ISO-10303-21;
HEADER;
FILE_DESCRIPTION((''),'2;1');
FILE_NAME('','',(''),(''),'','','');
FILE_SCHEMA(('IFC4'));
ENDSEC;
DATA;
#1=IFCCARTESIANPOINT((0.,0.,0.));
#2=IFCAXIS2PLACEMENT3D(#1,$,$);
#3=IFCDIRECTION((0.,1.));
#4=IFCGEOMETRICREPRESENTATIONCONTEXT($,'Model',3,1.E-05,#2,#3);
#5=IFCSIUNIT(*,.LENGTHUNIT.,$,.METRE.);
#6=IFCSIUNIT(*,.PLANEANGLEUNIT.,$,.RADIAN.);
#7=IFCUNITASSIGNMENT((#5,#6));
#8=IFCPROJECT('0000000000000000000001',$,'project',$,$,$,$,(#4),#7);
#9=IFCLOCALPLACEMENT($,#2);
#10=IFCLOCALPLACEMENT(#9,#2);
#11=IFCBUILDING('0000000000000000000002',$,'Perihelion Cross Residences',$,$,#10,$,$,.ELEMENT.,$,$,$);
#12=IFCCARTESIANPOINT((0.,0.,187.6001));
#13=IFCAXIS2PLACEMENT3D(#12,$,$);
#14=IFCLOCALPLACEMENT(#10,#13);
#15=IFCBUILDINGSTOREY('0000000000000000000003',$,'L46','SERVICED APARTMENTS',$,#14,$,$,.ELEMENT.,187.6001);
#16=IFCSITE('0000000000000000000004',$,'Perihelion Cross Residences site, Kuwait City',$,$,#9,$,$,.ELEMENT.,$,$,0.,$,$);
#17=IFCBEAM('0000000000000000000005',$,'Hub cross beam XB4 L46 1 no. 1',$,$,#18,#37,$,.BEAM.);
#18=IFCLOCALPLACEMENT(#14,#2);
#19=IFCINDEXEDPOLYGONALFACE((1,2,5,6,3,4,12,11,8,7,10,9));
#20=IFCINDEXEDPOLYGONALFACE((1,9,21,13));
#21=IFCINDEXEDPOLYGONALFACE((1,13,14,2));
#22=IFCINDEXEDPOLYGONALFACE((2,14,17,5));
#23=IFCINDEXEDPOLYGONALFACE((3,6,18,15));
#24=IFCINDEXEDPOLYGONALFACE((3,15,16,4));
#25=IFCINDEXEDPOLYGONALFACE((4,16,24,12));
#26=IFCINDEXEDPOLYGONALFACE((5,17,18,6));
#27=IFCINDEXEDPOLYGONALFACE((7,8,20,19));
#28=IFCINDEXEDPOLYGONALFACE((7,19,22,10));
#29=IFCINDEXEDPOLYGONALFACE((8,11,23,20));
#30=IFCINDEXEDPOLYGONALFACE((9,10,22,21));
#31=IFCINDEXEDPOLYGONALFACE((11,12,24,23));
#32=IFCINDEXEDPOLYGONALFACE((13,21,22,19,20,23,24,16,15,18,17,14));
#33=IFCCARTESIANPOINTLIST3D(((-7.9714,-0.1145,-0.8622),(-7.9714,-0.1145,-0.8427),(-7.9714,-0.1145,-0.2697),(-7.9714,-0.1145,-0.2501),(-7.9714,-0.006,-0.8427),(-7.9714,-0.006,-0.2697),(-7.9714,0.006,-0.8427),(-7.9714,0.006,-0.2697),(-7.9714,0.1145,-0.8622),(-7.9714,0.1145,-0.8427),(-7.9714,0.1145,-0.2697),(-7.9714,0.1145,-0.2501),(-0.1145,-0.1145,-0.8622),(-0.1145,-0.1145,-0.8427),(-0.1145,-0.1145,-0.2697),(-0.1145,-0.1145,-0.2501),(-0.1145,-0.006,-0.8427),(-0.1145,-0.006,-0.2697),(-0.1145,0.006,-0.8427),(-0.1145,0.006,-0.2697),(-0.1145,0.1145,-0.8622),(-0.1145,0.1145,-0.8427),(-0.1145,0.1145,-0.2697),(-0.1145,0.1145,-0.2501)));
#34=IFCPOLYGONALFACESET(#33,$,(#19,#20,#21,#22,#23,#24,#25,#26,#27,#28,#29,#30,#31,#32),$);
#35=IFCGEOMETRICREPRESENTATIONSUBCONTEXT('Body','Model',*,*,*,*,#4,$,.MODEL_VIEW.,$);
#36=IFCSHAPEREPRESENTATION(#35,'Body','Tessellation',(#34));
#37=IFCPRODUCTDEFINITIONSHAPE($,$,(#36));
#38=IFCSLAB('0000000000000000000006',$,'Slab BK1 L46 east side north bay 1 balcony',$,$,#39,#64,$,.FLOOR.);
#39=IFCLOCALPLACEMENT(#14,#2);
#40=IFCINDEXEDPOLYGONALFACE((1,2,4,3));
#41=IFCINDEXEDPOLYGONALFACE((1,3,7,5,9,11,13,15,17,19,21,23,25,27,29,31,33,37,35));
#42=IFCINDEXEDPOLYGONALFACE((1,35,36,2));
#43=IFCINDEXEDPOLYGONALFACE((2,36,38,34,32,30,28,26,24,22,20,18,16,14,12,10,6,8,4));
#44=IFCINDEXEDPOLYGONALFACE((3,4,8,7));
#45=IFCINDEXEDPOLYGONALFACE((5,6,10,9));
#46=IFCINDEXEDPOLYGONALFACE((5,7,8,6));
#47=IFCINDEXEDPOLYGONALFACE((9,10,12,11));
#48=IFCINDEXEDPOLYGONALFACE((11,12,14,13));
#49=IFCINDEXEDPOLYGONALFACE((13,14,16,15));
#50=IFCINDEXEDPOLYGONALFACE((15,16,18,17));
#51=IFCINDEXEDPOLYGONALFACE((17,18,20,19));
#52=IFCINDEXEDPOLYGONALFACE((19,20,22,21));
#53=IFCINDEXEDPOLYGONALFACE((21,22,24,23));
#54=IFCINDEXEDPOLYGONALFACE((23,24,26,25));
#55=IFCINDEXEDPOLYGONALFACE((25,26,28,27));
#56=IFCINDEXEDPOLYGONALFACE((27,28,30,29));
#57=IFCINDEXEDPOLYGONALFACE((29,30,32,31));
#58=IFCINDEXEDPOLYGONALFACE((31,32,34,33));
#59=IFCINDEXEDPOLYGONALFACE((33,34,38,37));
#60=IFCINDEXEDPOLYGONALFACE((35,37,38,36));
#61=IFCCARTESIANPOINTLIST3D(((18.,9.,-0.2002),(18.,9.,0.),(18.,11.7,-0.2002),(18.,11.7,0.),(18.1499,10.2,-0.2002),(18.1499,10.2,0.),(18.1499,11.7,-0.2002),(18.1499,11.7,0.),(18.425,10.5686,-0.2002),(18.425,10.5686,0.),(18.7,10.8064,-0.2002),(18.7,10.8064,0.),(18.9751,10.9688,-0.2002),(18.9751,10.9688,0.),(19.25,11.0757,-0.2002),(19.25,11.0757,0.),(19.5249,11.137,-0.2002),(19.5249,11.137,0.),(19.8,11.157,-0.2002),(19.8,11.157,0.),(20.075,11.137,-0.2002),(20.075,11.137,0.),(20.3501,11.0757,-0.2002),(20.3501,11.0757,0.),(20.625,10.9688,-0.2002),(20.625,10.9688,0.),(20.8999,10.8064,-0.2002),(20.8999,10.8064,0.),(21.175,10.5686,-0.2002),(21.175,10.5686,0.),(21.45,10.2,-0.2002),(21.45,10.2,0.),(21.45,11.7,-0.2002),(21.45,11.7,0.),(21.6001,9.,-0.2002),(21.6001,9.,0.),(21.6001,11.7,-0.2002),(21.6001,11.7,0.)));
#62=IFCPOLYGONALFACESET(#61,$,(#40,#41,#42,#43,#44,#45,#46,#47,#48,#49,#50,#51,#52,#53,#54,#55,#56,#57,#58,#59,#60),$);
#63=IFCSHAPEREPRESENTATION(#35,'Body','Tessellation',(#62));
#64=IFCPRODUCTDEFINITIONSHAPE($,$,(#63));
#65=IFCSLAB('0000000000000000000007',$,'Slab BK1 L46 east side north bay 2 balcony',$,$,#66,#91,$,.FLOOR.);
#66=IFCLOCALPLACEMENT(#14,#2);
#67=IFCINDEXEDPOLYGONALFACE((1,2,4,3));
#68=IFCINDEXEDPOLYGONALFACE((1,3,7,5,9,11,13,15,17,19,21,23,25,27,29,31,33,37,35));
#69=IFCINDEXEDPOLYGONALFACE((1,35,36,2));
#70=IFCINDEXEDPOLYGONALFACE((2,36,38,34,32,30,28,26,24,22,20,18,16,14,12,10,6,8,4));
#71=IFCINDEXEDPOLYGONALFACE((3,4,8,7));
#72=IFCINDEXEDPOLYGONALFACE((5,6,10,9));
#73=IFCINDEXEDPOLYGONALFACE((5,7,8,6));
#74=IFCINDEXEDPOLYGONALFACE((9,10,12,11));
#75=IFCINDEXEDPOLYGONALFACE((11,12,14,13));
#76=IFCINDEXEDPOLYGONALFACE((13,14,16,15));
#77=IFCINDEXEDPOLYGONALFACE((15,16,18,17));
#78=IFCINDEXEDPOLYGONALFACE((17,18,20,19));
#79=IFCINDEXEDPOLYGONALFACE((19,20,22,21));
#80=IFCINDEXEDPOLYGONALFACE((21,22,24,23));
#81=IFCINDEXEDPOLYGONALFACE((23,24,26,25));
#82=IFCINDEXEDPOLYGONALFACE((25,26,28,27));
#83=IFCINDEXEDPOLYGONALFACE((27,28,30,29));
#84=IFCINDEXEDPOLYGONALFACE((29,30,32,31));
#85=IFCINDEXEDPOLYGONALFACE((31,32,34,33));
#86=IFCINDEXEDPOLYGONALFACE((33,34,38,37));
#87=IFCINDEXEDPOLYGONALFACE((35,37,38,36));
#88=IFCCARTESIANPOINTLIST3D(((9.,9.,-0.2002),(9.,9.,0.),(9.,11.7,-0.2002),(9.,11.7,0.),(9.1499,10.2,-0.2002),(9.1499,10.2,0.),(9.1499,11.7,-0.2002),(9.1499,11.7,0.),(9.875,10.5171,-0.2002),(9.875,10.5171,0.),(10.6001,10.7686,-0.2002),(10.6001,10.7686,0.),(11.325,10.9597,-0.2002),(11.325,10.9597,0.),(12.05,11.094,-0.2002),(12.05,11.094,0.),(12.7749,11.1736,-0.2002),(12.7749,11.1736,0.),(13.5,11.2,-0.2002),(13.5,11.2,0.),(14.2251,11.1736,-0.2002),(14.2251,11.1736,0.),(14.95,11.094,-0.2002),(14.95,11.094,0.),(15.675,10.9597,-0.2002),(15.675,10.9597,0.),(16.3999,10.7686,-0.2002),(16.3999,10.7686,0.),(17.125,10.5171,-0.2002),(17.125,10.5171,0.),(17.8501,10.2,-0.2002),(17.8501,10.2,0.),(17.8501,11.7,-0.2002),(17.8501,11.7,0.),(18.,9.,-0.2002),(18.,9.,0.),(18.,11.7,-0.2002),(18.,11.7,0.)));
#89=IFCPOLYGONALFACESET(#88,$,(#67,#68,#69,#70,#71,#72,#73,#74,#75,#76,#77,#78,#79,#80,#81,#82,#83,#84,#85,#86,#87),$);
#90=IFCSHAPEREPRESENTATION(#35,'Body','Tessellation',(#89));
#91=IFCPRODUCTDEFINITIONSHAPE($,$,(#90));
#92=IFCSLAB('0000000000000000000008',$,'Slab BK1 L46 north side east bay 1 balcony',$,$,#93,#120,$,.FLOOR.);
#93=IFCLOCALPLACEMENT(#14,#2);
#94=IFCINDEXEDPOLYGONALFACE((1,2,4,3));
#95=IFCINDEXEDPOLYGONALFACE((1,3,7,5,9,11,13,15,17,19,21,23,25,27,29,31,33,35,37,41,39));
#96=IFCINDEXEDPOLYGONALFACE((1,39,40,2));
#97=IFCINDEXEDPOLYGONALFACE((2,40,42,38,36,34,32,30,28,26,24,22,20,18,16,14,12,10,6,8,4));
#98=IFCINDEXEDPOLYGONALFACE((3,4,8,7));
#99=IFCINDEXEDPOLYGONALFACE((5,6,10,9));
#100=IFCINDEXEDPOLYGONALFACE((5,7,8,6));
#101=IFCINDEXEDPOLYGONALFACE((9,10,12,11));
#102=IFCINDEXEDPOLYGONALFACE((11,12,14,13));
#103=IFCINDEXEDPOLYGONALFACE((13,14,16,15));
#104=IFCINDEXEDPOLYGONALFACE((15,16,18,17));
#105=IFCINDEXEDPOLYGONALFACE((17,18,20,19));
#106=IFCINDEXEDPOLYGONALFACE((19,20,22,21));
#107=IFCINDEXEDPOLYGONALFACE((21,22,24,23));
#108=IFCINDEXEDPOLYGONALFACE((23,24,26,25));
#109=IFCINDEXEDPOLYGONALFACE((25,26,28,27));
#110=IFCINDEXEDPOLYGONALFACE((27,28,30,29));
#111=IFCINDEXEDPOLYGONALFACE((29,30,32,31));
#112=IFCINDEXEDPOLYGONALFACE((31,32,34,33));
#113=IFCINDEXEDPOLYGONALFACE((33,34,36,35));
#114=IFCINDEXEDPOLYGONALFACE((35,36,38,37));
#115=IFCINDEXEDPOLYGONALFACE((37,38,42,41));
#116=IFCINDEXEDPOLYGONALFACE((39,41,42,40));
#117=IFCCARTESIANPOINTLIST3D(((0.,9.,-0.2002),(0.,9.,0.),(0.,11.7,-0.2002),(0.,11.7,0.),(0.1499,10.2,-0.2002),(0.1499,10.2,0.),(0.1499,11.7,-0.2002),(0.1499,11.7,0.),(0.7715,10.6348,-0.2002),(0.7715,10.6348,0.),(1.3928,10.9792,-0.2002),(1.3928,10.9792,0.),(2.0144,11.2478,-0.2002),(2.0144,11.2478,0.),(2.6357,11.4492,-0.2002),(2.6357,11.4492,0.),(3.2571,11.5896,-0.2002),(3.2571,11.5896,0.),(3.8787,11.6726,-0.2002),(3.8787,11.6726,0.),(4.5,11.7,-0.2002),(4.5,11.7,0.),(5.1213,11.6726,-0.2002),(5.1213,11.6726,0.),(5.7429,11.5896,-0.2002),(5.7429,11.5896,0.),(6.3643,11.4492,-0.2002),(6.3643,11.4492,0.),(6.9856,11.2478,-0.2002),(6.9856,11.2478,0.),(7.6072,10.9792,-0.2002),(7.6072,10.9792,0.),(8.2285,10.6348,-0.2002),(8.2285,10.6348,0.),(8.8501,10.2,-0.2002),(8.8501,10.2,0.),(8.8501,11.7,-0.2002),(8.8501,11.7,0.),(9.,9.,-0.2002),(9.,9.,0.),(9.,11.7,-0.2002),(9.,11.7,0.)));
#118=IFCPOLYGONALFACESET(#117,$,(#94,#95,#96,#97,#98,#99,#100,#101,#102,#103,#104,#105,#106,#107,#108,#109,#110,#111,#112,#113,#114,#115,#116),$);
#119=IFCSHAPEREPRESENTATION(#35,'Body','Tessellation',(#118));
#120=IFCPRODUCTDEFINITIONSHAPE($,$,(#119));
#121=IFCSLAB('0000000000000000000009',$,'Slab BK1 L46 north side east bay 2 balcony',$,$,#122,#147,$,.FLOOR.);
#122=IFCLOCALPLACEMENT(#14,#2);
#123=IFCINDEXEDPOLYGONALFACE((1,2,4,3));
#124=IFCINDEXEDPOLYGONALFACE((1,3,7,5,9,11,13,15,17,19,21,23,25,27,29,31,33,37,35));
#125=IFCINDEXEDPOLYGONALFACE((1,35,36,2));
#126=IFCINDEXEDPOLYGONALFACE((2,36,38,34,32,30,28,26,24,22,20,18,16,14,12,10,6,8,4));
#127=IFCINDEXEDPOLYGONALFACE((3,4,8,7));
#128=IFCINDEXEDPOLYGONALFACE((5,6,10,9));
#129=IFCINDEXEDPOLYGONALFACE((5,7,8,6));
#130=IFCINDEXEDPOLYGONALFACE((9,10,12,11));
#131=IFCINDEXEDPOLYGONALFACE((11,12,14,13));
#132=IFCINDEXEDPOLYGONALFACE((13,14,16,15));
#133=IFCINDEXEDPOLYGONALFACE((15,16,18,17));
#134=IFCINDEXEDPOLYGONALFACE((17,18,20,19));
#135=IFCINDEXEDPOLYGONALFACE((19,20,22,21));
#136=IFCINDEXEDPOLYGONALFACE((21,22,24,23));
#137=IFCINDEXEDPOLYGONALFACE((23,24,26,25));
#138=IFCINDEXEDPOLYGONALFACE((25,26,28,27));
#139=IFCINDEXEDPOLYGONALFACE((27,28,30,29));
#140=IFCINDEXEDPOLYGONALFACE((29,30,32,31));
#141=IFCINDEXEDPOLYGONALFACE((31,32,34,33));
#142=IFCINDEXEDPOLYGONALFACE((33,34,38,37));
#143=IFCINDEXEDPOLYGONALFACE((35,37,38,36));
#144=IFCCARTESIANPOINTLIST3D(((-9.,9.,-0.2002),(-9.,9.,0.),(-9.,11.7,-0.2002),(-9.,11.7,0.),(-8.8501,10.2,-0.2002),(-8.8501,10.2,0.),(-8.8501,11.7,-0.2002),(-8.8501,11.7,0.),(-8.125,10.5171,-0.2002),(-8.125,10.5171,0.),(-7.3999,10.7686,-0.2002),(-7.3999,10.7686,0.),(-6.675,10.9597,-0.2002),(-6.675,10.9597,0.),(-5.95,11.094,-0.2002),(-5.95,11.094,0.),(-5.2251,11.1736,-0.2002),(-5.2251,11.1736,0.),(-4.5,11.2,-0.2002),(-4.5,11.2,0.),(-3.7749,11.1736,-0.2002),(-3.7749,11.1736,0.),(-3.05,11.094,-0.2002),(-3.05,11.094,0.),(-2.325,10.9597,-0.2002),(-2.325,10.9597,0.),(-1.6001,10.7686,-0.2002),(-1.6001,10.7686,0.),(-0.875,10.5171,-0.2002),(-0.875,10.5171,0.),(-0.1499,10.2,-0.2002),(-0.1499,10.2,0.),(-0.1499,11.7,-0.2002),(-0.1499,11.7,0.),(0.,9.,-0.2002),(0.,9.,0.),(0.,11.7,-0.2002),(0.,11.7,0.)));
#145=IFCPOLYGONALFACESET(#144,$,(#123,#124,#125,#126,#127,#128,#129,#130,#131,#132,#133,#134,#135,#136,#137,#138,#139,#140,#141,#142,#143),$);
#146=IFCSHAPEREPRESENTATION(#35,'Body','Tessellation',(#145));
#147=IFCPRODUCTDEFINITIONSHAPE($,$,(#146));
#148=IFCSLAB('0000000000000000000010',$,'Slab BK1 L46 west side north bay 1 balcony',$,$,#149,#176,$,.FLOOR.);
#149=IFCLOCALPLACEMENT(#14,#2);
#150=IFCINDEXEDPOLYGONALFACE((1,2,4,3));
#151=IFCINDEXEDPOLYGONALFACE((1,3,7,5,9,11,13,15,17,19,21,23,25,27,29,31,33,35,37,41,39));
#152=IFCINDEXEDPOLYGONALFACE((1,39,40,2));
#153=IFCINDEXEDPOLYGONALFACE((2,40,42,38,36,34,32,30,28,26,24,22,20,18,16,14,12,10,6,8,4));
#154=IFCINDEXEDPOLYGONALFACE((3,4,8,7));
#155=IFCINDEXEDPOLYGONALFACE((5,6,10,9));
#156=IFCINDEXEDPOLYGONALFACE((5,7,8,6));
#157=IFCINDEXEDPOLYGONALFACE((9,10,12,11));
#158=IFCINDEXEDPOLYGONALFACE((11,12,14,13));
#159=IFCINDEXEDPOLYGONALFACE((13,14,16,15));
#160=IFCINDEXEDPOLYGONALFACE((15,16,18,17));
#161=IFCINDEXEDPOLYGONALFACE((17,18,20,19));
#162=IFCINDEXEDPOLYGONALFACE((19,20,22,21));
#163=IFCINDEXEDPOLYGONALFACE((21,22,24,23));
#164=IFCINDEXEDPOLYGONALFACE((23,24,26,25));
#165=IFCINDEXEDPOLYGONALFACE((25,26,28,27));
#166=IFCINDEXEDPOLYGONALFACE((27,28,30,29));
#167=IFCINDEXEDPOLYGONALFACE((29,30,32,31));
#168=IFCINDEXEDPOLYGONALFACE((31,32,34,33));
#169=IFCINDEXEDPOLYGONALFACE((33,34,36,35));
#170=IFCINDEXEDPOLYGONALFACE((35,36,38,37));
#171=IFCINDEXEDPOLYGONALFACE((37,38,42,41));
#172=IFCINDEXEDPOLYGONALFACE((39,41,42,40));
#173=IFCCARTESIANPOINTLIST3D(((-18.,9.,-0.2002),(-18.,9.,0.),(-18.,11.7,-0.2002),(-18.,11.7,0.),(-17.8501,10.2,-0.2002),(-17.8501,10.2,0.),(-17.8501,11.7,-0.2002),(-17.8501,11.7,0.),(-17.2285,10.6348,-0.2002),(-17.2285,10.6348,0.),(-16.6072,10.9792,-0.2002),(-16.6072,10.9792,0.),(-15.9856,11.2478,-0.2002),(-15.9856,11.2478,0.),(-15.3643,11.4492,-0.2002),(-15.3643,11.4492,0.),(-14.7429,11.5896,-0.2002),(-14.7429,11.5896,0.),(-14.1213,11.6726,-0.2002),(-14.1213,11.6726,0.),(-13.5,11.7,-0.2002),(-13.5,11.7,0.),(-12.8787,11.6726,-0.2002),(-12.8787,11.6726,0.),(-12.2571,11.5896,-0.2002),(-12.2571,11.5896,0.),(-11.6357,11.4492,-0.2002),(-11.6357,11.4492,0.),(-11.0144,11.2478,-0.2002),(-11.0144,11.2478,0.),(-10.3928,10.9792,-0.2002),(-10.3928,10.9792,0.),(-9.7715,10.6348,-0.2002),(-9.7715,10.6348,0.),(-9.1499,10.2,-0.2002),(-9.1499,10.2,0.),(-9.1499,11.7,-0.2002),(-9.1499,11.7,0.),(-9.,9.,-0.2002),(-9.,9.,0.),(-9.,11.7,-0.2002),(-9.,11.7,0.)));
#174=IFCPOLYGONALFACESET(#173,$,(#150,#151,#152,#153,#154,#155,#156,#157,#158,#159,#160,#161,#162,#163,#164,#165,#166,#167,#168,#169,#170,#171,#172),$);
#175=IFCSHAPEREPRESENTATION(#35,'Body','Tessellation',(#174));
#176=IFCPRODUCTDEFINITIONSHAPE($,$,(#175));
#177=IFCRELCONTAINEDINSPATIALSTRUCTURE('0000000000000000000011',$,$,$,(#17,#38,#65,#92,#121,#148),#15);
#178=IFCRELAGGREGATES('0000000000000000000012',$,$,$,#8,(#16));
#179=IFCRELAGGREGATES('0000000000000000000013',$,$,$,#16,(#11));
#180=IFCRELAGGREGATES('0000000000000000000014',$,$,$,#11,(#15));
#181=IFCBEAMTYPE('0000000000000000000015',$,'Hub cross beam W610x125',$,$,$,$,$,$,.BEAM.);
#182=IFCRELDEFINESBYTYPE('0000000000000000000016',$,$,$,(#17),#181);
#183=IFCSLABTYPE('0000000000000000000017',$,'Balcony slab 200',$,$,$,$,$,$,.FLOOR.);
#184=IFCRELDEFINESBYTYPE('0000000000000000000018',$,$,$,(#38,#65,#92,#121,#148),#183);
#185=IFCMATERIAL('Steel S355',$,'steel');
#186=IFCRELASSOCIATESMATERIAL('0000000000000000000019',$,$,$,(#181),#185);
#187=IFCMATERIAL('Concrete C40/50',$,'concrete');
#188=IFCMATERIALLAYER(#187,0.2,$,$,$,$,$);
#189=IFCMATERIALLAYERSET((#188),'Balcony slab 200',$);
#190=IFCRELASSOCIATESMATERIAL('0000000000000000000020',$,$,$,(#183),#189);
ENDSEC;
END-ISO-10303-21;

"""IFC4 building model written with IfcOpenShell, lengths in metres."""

from ifc_helpers import new_model, si_unit, direction, frame, origin, origin_2d, place, context, subcontext, project, spatial, polyline, i_section, outline, extrude, material, layer, layer_set, material_profile, profile_set, type_object, element, save


model = new_model("IFC4")

# Units and contexts
model_context = context("Model", 3, precision=1e-05, world=origin(), true_north=direction((0.0, 1.0)))
body_context = subcontext(model_context, "Body", "Model", "MODEL_VIEW")
ifc_project = project(units=[si_unit("LENGTHUNIT", "METRE"), si_unit("PLANEANGLEUNIT", "RADIAN")], contexts=[model_context])

# Site, building, storey
site_placement = place(None, origin())
site = spatial("IfcSite", under=ifc_project, at=site_placement, Name="Perihelion Cross Residences site, Kuwait City", CompositionType="ELEMENT", RefElevation=0.0)
building_placement = place(site_placement, origin())
building = spatial("IfcBuilding", under=site, at=building_placement, Name="Perihelion Cross Residences", CompositionType="ELEMENT")
storey_placement = place(building_placement, frame((0.0, 0.0, 187.6001)))
storey = spatial("IfcBuildingStorey", under=building, at=storey_placement, Name="L46", Description="SERVICED APARTMENTS", CompositionType="ELEMENT", Elevation=187.6001)

# Beam
ifc_material_1 = material(Name="Steel S355", Category="steel")
ifc_material_profile = material_profile(ifc_material_1, i_section(OverallWidth=0.229, OverallDepth=0.6121, WebThickness=0.012, FlangeThickness=0.0195, at=origin_2d()), Name="W610x125")
ifc_profile_set = profile_set([ifc_material_profile], Name="Steel S355")
beam_type = type_object("IfcBeamType", Name="Hub cross beam W610x125", PredefinedType="BEAM", material=ifc_profile_set)
beam_placement = place(storey_placement, frame((-7.9714, 0.0, -0.5562), z_axis=(1.0, 0.0, 0.0), x_axis=(0.0, 1.0, 0.0)))
element("IfcBeam", 1, at=beam_placement, inside=storey, type_object=beam_type, Name="Hub cross beam XB4 L46 1 no. 1", PredefinedType="BEAM", context=body_context, shape_type="SweptSolid", body=[
    extrude(i_section(OverallWidth=0.229, OverallDepth=0.6121, WebThickness=0.012, FlangeThickness=0.0195, at=origin_2d()), origin(), (0.0, 0.0, 1.0), 7.8569),
])

# Slabs
ifc_material_2 = material(Name="Concrete C40/50", Category="concrete")
ifc_layer_1 = layer(ifc_material_2, 0.2)
ifc_layer_set_1 = layer_set([ifc_layer_1], Name="Balcony slab 200")
slab_type_1 = type_object("IfcSlabType", Name="Balcony slab 200", PredefinedType="FLOOR", material=ifc_layer_set_1)
slab_1_placement = place(storey_placement, frame((0.0, 0.0, -0.2002)))
element("IfcSlab", 2, at=slab_1_placement, inside=storey, type_object=slab_type_1, Name="Slab BK1 L46 east side north bay 1 balcony", PredefinedType="FLOOR", context=body_context, shape_type="SweptSolid", body=[
    extrude(outline(polyline([(21.6001, 9.0), (18.0, 9.0), (18.0, 11.7), (18.1499, 11.7), (18.1499, 10.2), (18.425, 10.5686), (18.7, 10.8064), (18.9751, 10.9688), (19.25, 11.0757), (19.5249, 11.137), (19.8, 11.157), (20.075, 11.137), (20.3501, 11.0757), (20.625, 10.9688), (20.8999, 10.8064), (21.175, 10.5686), (21.45, 10.2), (21.45, 11.7), (21.6001, 11.7), (21.6001, 9.0)])), origin(), (0.0, 0.0, 1.0), 0.2002),
])
slab_2_placement = place(storey_placement, frame((0.0, 0.0, -0.2002)))
element("IfcSlab", 3, at=slab_2_placement, inside=storey, type_object=slab_type_1, Name="Slab BK1 L46 east side north bay 2 balcony", PredefinedType="FLOOR", context=body_context, shape_type="SweptSolid", body=[
    extrude(outline(polyline([(18.0, 9.0), (9.0, 9.0), (9.0, 11.7), (9.1499, 11.7), (9.1499, 10.2), (9.875, 10.5171), (10.6001, 10.7686), (11.325, 10.9597), (12.05, 11.094), (12.7749, 11.1736), (13.5, 11.2), (14.2251, 11.1736), (14.95, 11.094), (15.675, 10.9597), (16.3999, 10.7686), (17.125, 10.5171), (17.8501, 10.2), (17.8501, 11.7), (18.0, 11.7), (18.0, 9.0)])), origin(), (0.0, 0.0, 1.0), 0.2002),
])
slab_3_placement = place(storey_placement, frame((0.0, 0.0, -0.2002)))
element("IfcSlab", 4, at=slab_3_placement, inside=storey, type_object=slab_type_1, Name="Slab BK1 L46 north side east bay 1 balcony", PredefinedType="FLOOR", context=body_context, shape_type="SweptSolid", body=[
    extrude(outline(polyline([(9.0, 9.0), (0.0, 9.0), (0.0, 11.7), (0.1499, 11.7), (0.1499, 10.2), (0.7715, 10.6348), (1.3928, 10.9792), (2.0144, 11.2478), (2.6357, 11.4492), (3.2571, 11.5896), (3.8787, 11.6726), (4.5, 11.7), (5.1213, 11.6726), (5.7429, 11.5896), (6.3643, 11.4492), (6.9856, 11.2478), (7.6072, 10.9792), (8.2285, 10.6348), (8.8501, 10.2), (8.8501, 11.7), (9.0, 11.7), (9.0, 9.0)])), origin(), (0.0, 0.0, 1.0), 0.2002),
])
slab_4_placement = place(storey_placement, frame((0.0, 0.0, -0.2002)))
element("IfcSlab", 5, at=slab_4_placement, inside=storey, type_object=slab_type_1, Name="Slab BK1 L46 north side east bay 2 balcony", PredefinedType="FLOOR", context=body_context, shape_type="SweptSolid", body=[
    extrude(outline(polyline([(0.0, 9.0), (-9.0, 9.0), (-9.0, 11.7), (-8.8501, 11.7), (-8.8501, 10.2), (-8.125, 10.5171), (-7.3999, 10.7686), (-6.675, 10.9597), (-5.95, 11.094), (-5.2251, 11.1736), (-4.5, 11.2), (-3.7749, 11.1736), (-3.05, 11.094), (-2.325, 10.9597), (-1.6001, 10.7686), (-0.875, 10.5171), (-0.1499, 10.2), (-0.1499, 11.7), (0.0, 11.7), (0.0, 9.0)])), origin(), (0.0, 0.0, 1.0), 0.2002),
])
slab_5_placement = place(storey_placement, frame((0.0, 0.0, -0.2002)))
element("IfcSlab", 6, at=slab_5_placement, inside=storey, type_object=slab_type_1, Name="Slab BK1 L46 west side north bay 1 balcony", PredefinedType="FLOOR", context=body_context, shape_type="SweptSolid", body=[
    extrude(outline(polyline([(-9.0, 9.0), (-18.0, 9.0), (-18.0, 11.7), (-17.8501, 11.7), (-17.8501, 10.2), (-17.2285, 10.6348), (-16.6072, 10.9792), (-15.9856, 11.2478), (-15.3643, 11.4492), (-14.7429, 11.5896), (-14.1213, 11.6726), (-13.5, 11.7), (-12.8787, 11.6726), (-12.2571, 11.5896), (-11.6357, 11.4492), (-11.0144, 11.2478), (-10.3928, 10.9792), (-9.7715, 10.6348), (-9.1499, 10.2), (-9.1499, 11.7), (-9.0, 11.7), (-9.0, 9.0)])), origin(), (0.0, 0.0, 1.0), 0.2002),
])

save(model, "model.ifc")
